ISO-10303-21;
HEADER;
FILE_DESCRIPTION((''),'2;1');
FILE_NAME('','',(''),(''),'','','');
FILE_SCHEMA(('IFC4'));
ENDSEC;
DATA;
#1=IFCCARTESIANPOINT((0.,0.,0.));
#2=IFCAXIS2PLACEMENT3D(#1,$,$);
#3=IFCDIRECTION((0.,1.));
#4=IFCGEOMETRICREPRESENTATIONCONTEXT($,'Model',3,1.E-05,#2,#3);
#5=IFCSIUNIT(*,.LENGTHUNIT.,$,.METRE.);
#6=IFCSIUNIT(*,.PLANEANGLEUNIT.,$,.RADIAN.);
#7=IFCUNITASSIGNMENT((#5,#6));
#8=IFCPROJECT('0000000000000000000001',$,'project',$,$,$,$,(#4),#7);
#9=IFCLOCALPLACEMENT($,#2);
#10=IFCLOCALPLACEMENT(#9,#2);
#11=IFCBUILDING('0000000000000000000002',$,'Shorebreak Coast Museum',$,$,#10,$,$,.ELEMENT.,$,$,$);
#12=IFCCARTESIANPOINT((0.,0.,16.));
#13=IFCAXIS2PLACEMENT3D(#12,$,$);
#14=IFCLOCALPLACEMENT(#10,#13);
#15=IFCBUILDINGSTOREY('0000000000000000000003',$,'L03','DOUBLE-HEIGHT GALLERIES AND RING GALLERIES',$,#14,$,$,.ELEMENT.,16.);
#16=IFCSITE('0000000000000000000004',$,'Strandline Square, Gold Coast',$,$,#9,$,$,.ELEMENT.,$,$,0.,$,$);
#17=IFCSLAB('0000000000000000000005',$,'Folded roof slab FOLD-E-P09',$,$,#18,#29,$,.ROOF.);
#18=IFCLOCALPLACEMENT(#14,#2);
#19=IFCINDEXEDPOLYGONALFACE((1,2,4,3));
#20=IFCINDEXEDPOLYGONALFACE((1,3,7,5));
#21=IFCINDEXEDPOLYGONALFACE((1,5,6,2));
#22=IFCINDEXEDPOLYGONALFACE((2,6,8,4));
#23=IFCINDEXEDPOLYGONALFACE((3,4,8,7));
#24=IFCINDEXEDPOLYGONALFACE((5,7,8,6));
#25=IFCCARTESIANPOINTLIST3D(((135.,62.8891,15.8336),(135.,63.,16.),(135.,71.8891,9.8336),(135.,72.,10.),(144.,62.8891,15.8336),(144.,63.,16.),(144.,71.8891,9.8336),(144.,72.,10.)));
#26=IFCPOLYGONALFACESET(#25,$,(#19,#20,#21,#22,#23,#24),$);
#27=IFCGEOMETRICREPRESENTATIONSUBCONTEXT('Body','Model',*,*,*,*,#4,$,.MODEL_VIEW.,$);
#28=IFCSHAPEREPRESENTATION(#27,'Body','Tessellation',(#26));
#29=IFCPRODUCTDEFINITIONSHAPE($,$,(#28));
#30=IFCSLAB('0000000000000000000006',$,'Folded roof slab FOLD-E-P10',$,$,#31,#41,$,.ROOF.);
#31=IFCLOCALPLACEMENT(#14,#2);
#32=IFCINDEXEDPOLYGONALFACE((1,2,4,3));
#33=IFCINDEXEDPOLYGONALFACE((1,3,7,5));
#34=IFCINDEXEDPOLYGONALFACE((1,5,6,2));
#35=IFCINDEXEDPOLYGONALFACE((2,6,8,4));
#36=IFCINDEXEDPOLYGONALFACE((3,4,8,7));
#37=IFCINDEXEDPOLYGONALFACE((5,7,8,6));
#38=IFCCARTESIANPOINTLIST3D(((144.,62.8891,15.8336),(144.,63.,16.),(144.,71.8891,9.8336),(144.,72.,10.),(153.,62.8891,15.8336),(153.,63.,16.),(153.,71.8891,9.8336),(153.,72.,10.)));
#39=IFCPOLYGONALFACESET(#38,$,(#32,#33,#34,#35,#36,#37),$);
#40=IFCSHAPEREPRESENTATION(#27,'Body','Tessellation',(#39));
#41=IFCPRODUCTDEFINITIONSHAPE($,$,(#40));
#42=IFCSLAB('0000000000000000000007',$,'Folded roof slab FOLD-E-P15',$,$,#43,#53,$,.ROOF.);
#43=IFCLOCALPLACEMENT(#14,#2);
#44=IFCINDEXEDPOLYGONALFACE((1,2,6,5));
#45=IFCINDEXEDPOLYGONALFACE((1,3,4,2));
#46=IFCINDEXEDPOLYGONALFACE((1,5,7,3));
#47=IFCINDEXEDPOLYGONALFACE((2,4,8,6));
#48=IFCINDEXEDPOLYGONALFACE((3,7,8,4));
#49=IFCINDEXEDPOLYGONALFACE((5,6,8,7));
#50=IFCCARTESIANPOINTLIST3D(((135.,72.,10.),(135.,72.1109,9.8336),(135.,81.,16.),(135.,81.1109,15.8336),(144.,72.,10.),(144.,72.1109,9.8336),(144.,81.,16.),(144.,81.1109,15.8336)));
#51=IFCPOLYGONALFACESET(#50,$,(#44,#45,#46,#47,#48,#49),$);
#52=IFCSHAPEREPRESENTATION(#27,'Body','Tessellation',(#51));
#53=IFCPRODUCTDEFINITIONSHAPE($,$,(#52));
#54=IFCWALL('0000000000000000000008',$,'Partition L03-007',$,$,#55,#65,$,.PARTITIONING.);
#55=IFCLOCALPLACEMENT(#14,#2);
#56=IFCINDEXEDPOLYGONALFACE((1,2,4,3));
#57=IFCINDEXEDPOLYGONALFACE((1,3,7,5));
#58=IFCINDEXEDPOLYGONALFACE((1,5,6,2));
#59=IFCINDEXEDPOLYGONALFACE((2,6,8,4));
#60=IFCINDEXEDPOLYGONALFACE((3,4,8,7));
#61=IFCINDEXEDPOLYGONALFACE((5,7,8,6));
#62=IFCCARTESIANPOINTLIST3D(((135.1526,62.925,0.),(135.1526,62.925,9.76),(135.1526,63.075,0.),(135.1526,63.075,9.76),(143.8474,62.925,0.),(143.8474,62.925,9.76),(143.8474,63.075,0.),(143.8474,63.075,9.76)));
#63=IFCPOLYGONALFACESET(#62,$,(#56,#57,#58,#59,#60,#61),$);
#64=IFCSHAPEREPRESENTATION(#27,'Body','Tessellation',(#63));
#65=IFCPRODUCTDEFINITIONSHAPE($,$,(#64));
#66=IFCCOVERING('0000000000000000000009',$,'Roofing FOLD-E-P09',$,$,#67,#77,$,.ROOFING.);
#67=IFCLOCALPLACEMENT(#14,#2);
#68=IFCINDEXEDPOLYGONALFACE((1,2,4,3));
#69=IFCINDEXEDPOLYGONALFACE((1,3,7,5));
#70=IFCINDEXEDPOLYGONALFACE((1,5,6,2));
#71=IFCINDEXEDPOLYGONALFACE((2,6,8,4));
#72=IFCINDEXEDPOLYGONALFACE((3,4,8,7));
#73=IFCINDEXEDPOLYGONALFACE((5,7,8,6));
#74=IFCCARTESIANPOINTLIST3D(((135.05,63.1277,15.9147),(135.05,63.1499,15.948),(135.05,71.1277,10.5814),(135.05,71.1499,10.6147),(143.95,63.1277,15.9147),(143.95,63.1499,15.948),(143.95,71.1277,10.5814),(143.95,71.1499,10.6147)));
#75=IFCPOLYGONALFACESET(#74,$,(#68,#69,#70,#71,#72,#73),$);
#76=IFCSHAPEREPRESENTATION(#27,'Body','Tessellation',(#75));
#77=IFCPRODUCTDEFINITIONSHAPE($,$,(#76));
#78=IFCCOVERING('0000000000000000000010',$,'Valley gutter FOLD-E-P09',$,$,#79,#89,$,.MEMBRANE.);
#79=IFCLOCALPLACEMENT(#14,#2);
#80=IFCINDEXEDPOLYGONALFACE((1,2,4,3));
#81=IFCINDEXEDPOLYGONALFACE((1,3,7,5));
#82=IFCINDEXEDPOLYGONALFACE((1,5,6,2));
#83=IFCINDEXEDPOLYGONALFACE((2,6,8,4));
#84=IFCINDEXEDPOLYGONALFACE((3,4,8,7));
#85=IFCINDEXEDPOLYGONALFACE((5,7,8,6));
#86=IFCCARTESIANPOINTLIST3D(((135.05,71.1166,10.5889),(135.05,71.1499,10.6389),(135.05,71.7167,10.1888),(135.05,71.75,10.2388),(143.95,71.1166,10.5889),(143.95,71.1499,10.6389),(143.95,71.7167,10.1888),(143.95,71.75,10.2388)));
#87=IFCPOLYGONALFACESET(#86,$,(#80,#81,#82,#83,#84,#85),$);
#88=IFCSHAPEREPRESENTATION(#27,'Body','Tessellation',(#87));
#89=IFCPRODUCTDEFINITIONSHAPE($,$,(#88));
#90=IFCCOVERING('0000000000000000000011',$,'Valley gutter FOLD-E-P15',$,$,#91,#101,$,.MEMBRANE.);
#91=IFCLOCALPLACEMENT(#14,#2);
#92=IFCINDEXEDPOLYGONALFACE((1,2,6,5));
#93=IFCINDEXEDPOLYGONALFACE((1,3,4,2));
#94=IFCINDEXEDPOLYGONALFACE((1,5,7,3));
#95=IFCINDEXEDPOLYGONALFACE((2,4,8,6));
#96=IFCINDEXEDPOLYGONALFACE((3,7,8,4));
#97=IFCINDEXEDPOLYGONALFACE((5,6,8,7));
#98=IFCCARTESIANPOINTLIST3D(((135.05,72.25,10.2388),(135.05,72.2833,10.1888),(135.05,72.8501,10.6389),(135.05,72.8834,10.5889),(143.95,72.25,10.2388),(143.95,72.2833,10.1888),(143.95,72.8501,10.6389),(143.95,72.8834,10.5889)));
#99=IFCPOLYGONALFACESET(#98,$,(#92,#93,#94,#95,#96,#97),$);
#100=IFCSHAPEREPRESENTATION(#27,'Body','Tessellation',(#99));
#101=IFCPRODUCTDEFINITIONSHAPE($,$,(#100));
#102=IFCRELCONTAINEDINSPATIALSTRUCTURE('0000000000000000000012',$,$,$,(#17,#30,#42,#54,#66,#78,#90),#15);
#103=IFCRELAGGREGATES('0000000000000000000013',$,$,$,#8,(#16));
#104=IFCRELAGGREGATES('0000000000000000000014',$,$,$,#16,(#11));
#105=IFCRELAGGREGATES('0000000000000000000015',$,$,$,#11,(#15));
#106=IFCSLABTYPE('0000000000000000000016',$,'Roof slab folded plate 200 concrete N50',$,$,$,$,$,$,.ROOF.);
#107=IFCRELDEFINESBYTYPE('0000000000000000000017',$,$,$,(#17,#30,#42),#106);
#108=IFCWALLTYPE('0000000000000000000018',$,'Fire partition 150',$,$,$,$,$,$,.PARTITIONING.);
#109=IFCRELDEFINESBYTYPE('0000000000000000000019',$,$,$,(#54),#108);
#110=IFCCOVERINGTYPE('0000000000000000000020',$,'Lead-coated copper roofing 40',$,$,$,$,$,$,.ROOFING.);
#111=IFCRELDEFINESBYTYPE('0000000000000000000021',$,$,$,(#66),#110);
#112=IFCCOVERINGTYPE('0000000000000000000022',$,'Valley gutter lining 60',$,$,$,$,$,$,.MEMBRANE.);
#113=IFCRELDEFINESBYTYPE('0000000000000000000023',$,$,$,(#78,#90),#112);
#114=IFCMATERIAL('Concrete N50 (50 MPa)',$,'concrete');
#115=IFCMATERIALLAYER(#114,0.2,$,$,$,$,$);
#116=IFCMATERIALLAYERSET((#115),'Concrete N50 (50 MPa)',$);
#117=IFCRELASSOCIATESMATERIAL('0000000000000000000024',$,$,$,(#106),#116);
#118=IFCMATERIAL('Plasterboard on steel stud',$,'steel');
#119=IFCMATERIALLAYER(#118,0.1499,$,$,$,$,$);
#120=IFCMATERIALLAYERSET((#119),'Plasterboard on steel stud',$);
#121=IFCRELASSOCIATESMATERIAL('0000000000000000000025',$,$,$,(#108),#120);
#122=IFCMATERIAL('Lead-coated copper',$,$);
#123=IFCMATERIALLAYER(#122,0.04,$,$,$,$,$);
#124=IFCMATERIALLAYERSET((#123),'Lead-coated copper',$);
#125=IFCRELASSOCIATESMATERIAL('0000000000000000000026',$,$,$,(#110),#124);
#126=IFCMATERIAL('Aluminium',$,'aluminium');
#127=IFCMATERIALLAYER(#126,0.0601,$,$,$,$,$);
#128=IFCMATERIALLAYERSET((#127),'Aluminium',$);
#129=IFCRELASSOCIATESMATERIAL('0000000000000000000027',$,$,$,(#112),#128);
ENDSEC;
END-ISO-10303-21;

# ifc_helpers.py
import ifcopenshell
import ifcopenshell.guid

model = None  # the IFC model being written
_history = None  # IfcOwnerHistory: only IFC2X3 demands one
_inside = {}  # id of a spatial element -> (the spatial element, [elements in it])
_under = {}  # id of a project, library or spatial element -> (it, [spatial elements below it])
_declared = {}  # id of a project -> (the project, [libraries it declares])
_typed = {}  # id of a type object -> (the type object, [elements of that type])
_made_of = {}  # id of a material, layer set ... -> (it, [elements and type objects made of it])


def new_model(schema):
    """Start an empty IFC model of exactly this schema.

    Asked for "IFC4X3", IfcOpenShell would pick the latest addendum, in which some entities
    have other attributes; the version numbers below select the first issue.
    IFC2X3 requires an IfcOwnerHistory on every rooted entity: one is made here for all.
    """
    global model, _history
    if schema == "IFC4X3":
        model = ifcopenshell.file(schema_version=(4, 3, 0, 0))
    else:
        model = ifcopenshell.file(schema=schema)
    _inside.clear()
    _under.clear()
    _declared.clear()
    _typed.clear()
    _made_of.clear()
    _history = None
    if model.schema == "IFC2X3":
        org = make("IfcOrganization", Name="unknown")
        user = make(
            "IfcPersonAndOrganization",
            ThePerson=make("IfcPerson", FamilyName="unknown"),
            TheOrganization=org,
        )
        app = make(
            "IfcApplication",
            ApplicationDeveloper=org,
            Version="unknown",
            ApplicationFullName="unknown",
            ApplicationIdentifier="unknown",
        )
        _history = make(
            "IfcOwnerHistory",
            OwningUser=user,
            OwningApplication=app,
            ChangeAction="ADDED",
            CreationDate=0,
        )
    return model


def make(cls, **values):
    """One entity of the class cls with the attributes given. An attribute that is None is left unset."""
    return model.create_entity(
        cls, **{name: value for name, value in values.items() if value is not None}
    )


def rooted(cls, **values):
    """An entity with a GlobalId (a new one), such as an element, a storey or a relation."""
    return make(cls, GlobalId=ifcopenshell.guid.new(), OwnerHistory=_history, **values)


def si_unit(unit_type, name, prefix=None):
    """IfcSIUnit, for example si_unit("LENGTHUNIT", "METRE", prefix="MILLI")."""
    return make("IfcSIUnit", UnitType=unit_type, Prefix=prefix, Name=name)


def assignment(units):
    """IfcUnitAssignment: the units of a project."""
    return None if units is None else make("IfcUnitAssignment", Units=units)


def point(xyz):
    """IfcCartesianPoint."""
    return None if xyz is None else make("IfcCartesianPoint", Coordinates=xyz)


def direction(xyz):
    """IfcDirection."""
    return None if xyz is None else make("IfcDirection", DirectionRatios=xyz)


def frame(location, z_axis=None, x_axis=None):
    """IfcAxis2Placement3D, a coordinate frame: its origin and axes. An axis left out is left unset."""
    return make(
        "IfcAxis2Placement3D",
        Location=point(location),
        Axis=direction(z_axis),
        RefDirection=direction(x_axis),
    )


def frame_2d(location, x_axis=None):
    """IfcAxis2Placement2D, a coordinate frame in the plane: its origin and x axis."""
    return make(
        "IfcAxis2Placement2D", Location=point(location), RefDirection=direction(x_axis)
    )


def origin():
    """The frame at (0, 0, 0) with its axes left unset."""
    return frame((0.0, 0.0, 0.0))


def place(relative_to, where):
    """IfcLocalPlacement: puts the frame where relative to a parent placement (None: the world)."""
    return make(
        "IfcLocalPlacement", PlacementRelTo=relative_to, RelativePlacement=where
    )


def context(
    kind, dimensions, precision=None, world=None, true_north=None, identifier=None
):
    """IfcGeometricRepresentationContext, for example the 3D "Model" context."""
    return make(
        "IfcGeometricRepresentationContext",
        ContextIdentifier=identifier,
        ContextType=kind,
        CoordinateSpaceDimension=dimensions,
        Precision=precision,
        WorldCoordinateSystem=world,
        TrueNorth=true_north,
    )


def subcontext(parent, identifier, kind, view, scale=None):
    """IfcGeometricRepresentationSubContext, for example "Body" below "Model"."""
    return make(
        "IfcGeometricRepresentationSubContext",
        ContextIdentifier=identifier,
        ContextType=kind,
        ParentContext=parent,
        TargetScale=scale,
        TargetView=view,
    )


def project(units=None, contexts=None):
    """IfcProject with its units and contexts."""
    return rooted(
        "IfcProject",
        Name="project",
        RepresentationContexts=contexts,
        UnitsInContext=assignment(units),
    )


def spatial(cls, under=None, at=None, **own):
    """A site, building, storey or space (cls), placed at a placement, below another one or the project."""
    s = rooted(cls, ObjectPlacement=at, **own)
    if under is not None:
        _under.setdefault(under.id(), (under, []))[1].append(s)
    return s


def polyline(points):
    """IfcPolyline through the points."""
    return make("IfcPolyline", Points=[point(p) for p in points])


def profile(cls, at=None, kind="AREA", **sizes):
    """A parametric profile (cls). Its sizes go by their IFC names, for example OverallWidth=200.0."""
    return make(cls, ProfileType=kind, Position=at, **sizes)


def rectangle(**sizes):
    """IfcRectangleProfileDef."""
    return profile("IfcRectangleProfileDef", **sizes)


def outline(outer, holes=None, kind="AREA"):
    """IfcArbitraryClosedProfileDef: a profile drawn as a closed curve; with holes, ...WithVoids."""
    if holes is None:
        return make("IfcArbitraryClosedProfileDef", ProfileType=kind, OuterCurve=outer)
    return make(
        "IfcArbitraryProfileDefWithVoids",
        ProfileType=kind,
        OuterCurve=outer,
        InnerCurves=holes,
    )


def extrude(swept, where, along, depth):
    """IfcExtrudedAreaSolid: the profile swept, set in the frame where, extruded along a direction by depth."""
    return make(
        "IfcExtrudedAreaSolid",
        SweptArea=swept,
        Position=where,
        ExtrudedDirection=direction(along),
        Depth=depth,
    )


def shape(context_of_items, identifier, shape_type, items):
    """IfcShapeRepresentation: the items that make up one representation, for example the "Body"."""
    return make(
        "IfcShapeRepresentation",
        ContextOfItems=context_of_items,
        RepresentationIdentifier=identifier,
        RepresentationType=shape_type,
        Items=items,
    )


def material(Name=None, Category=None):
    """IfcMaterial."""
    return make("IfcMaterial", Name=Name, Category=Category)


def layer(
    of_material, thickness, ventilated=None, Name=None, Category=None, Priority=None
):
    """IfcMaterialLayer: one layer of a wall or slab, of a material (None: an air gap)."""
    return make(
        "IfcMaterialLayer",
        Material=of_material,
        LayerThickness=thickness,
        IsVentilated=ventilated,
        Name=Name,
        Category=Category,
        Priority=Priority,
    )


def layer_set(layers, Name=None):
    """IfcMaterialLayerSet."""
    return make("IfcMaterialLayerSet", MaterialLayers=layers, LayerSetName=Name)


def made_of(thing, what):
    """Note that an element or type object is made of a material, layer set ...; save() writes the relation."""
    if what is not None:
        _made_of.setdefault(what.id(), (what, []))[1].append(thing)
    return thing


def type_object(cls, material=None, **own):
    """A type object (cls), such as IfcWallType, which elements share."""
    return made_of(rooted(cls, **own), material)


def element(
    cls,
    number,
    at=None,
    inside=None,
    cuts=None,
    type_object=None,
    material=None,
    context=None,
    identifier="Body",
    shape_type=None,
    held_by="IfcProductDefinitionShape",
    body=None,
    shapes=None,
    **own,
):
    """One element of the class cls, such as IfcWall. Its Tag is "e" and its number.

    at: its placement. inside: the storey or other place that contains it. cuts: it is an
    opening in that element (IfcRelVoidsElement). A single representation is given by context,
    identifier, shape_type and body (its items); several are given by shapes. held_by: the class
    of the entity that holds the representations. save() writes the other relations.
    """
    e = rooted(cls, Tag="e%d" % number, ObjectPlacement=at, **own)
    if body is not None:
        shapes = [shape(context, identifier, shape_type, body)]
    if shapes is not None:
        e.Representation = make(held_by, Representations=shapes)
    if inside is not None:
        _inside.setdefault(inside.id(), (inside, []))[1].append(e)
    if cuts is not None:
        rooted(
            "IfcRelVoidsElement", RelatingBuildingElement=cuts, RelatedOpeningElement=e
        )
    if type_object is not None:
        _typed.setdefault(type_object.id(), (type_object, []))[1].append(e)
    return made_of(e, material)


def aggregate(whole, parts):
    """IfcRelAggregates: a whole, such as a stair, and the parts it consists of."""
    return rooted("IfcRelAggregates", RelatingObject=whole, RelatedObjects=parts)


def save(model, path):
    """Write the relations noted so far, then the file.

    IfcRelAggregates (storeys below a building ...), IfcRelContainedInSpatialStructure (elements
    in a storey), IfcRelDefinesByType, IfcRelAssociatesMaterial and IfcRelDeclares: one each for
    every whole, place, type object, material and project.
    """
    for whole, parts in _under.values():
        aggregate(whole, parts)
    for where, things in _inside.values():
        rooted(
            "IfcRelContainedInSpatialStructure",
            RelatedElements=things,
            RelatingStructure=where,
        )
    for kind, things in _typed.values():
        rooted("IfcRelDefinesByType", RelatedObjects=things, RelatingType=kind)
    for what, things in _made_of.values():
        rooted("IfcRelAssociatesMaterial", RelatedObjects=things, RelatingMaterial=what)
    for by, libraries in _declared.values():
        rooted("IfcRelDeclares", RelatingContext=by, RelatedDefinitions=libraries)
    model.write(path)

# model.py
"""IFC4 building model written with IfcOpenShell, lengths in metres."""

from ifc_helpers import new_model, si_unit, direction, frame, frame_2d, origin, place, context, subcontext, project, spatial, polyline, rectangle, outline, extrude, material, layer, layer_set, type_object, element, save


model = new_model("IFC4")

# Units and contexts
model_context = context("Model", 3, precision=1e-05, world=origin(), true_north=direction((0.0, 1.0)))
body_context = subcontext(model_context, "Body", "Model", "MODEL_VIEW")
ifc_project = project(units=[si_unit("LENGTHUNIT", "METRE"), si_unit("PLANEANGLEUNIT", "RADIAN")], contexts=[model_context])

# Site, building, storey
site_placement = place(None, origin())
site = spatial("IfcSite", under=ifc_project, at=site_placement, Name="Strandline Square, Gold Coast", CompositionType="ELEMENT", RefElevation=0.0)
building_placement = place(site_placement, origin())
building = spatial("IfcBuilding", under=site, at=building_placement, Name="Shorebreak Coast Museum", CompositionType="ELEMENT")
storey_placement = place(building_placement, frame((0.0, 0.0, 16.0)))
storey = spatial("IfcBuildingStorey", under=building, at=storey_placement, Name="L03", Description="DOUBLE-HEIGHT GALLERIES AND RING GALLERIES", CompositionType="ELEMENT", Elevation=16.0)

# Slabs
ifc_material_1 = material(Name="Concrete N50 (50 MPa)", Category="concrete")
ifc_layer_1 = layer(ifc_material_1, 0.2)
ifc_layer_set_1 = layer_set([ifc_layer_1], Name="Concrete N50 (50 MPa)")
slab_type = type_object("IfcSlabType", Name="Roof slab folded plate 200 concrete N50", PredefinedType="ROOF", material=ifc_layer_set_1)
for number, where, z_axis, x_axis, name in (
    (1, (135.0, 63.0, 16.0), (0.0, 0.5547, 0.83205), (1.0, 0.0, 0.0), "Folded roof slab FOLD-E-P09"),
    (2, (144.0, 63.0, 16.0), (0.0, 0.5547, 0.83205), (1.0, 0.0, 0.0), "Folded roof slab FOLD-E-P10"),
    (3, (135.0, 72.0, 10.0), (0.0, -0.5547, 0.83205), (1.0, 0.0, 0.0), "Folded roof slab FOLD-E-P15"),
):
    element("IfcSlab", number, at=place(storey_placement, frame(where, z_axis=z_axis, x_axis=x_axis)), inside=storey, type_object=slab_type, Name=name, PredefinedType="ROOF", context=body_context, shape_type="SweptSolid", body=[
        extrude(outline(polyline([(0.0, 0.0), (9.0, 0.0), (9.0, 10.8167), (0.0, 10.8167), (0.0, 0.0)])), origin(), (0.0, 0.0, -1.0), 0.2),
    ])

# Wall
ifc_material_2 = material(Name="Plasterboard on steel stud", Category="steel")
ifc_layer_2 = layer(ifc_material_2, 0.1499)
ifc_layer_set_2 = layer_set([ifc_layer_2], Name="Plasterboard on steel stud")
wall_type = type_object("IfcWallType", Name="Fire partition 150", PredefinedType="PARTITIONING", material=ifc_layer_set_2)
wall_placement = place(storey_placement, frame((135.1526, 63.0, 0.0), z_axis=(0.0, 0.0, 1.0), x_axis=(1.0, 0.0, 0.0)))
element("IfcWall", 4, at=wall_placement, inside=storey, type_object=wall_type, Name="Partition L03-007", PredefinedType="PARTITIONING", context=body_context, shape_type="SweptSolid", body=[
    extrude(rectangle(XDim=8.6948, YDim=0.1499, at=frame_2d((4.3474, 0.0))), origin(), (0.0, 0.0, 1.0), 9.76),
])

# Coverings
ifc_material_3 = material(Name="Lead-coated copper")
ifc_layer_3 = layer(ifc_material_3, 0.04)
ifc_layer_set_3 = layer_set([ifc_layer_3], Name="Lead-coated copper")
covering_type_1 = type_object("IfcCoveringType", Name="Lead-coated copper roofing 40", PredefinedType="ROOFING", material=ifc_layer_set_3)
covering_placement = place(storey_placement, frame((135.05, 63.1499, 15.948), z_axis=(0.0, 0.554694, 0.832054), x_axis=(1.0, 0.0, 0.0)))
element("IfcCovering", 5, at=covering_placement, inside=storey, type_object=covering_type_1, Name="Roofing FOLD-E-P09", PredefinedType="ROOFING", context=body_context, shape_type="SweptSolid", body=[
    extrude(outline(polyline([(0.0, 0.0), (8.8999, 0.0), (8.8999, 9.6148), (0.0, 9.6148), (0.0, 0.0)])), origin(), (0.0, 0.0, -1.0), 0.04),
])
ifc_material_4 = material(Name="Aluminium", Category="aluminium")
ifc_layer_4 = layer(ifc_material_4, 0.0601)
ifc_layer_set_4 = layer_set([ifc_layer_4], Name="Aluminium")
covering_type_2 = type_object("IfcCoveringType", Name="Valley gutter lining 60", PredefinedType="MEMBRANE", material=ifc_layer_set_4)
for number, where, z_axis, x_axis, name in (
    (6, (135.05, 71.1499, 10.6389), (0.0, 0.554778, 0.831998), (1.0, 0.0, 0.0), "Valley gutter FOLD-E-P09"),
    (7, (135.05, 72.25, 10.2388), (0.0, -0.554778, 0.831998), (1.0, 0.0, 0.0), "Valley gutter FOLD-E-P15"),
):
    element("IfcCovering", number, at=place(storey_placement, frame(where, z_axis=z_axis, x_axis=x_axis)), inside=storey, type_object=covering_type_2, Name=name, PredefinedType="MEMBRANE", context=body_context, shape_type="SweptSolid", body=[
        extrude(outline(polyline([(0.0, 0.0), (8.8999, 0.0), (8.8999, 0.7213), (0.0, 0.7213), (0.0, 0.0)])), origin(), (0.0, 0.0, -1.0), 0.0601),
    ])

save(model, "model.ifc")
